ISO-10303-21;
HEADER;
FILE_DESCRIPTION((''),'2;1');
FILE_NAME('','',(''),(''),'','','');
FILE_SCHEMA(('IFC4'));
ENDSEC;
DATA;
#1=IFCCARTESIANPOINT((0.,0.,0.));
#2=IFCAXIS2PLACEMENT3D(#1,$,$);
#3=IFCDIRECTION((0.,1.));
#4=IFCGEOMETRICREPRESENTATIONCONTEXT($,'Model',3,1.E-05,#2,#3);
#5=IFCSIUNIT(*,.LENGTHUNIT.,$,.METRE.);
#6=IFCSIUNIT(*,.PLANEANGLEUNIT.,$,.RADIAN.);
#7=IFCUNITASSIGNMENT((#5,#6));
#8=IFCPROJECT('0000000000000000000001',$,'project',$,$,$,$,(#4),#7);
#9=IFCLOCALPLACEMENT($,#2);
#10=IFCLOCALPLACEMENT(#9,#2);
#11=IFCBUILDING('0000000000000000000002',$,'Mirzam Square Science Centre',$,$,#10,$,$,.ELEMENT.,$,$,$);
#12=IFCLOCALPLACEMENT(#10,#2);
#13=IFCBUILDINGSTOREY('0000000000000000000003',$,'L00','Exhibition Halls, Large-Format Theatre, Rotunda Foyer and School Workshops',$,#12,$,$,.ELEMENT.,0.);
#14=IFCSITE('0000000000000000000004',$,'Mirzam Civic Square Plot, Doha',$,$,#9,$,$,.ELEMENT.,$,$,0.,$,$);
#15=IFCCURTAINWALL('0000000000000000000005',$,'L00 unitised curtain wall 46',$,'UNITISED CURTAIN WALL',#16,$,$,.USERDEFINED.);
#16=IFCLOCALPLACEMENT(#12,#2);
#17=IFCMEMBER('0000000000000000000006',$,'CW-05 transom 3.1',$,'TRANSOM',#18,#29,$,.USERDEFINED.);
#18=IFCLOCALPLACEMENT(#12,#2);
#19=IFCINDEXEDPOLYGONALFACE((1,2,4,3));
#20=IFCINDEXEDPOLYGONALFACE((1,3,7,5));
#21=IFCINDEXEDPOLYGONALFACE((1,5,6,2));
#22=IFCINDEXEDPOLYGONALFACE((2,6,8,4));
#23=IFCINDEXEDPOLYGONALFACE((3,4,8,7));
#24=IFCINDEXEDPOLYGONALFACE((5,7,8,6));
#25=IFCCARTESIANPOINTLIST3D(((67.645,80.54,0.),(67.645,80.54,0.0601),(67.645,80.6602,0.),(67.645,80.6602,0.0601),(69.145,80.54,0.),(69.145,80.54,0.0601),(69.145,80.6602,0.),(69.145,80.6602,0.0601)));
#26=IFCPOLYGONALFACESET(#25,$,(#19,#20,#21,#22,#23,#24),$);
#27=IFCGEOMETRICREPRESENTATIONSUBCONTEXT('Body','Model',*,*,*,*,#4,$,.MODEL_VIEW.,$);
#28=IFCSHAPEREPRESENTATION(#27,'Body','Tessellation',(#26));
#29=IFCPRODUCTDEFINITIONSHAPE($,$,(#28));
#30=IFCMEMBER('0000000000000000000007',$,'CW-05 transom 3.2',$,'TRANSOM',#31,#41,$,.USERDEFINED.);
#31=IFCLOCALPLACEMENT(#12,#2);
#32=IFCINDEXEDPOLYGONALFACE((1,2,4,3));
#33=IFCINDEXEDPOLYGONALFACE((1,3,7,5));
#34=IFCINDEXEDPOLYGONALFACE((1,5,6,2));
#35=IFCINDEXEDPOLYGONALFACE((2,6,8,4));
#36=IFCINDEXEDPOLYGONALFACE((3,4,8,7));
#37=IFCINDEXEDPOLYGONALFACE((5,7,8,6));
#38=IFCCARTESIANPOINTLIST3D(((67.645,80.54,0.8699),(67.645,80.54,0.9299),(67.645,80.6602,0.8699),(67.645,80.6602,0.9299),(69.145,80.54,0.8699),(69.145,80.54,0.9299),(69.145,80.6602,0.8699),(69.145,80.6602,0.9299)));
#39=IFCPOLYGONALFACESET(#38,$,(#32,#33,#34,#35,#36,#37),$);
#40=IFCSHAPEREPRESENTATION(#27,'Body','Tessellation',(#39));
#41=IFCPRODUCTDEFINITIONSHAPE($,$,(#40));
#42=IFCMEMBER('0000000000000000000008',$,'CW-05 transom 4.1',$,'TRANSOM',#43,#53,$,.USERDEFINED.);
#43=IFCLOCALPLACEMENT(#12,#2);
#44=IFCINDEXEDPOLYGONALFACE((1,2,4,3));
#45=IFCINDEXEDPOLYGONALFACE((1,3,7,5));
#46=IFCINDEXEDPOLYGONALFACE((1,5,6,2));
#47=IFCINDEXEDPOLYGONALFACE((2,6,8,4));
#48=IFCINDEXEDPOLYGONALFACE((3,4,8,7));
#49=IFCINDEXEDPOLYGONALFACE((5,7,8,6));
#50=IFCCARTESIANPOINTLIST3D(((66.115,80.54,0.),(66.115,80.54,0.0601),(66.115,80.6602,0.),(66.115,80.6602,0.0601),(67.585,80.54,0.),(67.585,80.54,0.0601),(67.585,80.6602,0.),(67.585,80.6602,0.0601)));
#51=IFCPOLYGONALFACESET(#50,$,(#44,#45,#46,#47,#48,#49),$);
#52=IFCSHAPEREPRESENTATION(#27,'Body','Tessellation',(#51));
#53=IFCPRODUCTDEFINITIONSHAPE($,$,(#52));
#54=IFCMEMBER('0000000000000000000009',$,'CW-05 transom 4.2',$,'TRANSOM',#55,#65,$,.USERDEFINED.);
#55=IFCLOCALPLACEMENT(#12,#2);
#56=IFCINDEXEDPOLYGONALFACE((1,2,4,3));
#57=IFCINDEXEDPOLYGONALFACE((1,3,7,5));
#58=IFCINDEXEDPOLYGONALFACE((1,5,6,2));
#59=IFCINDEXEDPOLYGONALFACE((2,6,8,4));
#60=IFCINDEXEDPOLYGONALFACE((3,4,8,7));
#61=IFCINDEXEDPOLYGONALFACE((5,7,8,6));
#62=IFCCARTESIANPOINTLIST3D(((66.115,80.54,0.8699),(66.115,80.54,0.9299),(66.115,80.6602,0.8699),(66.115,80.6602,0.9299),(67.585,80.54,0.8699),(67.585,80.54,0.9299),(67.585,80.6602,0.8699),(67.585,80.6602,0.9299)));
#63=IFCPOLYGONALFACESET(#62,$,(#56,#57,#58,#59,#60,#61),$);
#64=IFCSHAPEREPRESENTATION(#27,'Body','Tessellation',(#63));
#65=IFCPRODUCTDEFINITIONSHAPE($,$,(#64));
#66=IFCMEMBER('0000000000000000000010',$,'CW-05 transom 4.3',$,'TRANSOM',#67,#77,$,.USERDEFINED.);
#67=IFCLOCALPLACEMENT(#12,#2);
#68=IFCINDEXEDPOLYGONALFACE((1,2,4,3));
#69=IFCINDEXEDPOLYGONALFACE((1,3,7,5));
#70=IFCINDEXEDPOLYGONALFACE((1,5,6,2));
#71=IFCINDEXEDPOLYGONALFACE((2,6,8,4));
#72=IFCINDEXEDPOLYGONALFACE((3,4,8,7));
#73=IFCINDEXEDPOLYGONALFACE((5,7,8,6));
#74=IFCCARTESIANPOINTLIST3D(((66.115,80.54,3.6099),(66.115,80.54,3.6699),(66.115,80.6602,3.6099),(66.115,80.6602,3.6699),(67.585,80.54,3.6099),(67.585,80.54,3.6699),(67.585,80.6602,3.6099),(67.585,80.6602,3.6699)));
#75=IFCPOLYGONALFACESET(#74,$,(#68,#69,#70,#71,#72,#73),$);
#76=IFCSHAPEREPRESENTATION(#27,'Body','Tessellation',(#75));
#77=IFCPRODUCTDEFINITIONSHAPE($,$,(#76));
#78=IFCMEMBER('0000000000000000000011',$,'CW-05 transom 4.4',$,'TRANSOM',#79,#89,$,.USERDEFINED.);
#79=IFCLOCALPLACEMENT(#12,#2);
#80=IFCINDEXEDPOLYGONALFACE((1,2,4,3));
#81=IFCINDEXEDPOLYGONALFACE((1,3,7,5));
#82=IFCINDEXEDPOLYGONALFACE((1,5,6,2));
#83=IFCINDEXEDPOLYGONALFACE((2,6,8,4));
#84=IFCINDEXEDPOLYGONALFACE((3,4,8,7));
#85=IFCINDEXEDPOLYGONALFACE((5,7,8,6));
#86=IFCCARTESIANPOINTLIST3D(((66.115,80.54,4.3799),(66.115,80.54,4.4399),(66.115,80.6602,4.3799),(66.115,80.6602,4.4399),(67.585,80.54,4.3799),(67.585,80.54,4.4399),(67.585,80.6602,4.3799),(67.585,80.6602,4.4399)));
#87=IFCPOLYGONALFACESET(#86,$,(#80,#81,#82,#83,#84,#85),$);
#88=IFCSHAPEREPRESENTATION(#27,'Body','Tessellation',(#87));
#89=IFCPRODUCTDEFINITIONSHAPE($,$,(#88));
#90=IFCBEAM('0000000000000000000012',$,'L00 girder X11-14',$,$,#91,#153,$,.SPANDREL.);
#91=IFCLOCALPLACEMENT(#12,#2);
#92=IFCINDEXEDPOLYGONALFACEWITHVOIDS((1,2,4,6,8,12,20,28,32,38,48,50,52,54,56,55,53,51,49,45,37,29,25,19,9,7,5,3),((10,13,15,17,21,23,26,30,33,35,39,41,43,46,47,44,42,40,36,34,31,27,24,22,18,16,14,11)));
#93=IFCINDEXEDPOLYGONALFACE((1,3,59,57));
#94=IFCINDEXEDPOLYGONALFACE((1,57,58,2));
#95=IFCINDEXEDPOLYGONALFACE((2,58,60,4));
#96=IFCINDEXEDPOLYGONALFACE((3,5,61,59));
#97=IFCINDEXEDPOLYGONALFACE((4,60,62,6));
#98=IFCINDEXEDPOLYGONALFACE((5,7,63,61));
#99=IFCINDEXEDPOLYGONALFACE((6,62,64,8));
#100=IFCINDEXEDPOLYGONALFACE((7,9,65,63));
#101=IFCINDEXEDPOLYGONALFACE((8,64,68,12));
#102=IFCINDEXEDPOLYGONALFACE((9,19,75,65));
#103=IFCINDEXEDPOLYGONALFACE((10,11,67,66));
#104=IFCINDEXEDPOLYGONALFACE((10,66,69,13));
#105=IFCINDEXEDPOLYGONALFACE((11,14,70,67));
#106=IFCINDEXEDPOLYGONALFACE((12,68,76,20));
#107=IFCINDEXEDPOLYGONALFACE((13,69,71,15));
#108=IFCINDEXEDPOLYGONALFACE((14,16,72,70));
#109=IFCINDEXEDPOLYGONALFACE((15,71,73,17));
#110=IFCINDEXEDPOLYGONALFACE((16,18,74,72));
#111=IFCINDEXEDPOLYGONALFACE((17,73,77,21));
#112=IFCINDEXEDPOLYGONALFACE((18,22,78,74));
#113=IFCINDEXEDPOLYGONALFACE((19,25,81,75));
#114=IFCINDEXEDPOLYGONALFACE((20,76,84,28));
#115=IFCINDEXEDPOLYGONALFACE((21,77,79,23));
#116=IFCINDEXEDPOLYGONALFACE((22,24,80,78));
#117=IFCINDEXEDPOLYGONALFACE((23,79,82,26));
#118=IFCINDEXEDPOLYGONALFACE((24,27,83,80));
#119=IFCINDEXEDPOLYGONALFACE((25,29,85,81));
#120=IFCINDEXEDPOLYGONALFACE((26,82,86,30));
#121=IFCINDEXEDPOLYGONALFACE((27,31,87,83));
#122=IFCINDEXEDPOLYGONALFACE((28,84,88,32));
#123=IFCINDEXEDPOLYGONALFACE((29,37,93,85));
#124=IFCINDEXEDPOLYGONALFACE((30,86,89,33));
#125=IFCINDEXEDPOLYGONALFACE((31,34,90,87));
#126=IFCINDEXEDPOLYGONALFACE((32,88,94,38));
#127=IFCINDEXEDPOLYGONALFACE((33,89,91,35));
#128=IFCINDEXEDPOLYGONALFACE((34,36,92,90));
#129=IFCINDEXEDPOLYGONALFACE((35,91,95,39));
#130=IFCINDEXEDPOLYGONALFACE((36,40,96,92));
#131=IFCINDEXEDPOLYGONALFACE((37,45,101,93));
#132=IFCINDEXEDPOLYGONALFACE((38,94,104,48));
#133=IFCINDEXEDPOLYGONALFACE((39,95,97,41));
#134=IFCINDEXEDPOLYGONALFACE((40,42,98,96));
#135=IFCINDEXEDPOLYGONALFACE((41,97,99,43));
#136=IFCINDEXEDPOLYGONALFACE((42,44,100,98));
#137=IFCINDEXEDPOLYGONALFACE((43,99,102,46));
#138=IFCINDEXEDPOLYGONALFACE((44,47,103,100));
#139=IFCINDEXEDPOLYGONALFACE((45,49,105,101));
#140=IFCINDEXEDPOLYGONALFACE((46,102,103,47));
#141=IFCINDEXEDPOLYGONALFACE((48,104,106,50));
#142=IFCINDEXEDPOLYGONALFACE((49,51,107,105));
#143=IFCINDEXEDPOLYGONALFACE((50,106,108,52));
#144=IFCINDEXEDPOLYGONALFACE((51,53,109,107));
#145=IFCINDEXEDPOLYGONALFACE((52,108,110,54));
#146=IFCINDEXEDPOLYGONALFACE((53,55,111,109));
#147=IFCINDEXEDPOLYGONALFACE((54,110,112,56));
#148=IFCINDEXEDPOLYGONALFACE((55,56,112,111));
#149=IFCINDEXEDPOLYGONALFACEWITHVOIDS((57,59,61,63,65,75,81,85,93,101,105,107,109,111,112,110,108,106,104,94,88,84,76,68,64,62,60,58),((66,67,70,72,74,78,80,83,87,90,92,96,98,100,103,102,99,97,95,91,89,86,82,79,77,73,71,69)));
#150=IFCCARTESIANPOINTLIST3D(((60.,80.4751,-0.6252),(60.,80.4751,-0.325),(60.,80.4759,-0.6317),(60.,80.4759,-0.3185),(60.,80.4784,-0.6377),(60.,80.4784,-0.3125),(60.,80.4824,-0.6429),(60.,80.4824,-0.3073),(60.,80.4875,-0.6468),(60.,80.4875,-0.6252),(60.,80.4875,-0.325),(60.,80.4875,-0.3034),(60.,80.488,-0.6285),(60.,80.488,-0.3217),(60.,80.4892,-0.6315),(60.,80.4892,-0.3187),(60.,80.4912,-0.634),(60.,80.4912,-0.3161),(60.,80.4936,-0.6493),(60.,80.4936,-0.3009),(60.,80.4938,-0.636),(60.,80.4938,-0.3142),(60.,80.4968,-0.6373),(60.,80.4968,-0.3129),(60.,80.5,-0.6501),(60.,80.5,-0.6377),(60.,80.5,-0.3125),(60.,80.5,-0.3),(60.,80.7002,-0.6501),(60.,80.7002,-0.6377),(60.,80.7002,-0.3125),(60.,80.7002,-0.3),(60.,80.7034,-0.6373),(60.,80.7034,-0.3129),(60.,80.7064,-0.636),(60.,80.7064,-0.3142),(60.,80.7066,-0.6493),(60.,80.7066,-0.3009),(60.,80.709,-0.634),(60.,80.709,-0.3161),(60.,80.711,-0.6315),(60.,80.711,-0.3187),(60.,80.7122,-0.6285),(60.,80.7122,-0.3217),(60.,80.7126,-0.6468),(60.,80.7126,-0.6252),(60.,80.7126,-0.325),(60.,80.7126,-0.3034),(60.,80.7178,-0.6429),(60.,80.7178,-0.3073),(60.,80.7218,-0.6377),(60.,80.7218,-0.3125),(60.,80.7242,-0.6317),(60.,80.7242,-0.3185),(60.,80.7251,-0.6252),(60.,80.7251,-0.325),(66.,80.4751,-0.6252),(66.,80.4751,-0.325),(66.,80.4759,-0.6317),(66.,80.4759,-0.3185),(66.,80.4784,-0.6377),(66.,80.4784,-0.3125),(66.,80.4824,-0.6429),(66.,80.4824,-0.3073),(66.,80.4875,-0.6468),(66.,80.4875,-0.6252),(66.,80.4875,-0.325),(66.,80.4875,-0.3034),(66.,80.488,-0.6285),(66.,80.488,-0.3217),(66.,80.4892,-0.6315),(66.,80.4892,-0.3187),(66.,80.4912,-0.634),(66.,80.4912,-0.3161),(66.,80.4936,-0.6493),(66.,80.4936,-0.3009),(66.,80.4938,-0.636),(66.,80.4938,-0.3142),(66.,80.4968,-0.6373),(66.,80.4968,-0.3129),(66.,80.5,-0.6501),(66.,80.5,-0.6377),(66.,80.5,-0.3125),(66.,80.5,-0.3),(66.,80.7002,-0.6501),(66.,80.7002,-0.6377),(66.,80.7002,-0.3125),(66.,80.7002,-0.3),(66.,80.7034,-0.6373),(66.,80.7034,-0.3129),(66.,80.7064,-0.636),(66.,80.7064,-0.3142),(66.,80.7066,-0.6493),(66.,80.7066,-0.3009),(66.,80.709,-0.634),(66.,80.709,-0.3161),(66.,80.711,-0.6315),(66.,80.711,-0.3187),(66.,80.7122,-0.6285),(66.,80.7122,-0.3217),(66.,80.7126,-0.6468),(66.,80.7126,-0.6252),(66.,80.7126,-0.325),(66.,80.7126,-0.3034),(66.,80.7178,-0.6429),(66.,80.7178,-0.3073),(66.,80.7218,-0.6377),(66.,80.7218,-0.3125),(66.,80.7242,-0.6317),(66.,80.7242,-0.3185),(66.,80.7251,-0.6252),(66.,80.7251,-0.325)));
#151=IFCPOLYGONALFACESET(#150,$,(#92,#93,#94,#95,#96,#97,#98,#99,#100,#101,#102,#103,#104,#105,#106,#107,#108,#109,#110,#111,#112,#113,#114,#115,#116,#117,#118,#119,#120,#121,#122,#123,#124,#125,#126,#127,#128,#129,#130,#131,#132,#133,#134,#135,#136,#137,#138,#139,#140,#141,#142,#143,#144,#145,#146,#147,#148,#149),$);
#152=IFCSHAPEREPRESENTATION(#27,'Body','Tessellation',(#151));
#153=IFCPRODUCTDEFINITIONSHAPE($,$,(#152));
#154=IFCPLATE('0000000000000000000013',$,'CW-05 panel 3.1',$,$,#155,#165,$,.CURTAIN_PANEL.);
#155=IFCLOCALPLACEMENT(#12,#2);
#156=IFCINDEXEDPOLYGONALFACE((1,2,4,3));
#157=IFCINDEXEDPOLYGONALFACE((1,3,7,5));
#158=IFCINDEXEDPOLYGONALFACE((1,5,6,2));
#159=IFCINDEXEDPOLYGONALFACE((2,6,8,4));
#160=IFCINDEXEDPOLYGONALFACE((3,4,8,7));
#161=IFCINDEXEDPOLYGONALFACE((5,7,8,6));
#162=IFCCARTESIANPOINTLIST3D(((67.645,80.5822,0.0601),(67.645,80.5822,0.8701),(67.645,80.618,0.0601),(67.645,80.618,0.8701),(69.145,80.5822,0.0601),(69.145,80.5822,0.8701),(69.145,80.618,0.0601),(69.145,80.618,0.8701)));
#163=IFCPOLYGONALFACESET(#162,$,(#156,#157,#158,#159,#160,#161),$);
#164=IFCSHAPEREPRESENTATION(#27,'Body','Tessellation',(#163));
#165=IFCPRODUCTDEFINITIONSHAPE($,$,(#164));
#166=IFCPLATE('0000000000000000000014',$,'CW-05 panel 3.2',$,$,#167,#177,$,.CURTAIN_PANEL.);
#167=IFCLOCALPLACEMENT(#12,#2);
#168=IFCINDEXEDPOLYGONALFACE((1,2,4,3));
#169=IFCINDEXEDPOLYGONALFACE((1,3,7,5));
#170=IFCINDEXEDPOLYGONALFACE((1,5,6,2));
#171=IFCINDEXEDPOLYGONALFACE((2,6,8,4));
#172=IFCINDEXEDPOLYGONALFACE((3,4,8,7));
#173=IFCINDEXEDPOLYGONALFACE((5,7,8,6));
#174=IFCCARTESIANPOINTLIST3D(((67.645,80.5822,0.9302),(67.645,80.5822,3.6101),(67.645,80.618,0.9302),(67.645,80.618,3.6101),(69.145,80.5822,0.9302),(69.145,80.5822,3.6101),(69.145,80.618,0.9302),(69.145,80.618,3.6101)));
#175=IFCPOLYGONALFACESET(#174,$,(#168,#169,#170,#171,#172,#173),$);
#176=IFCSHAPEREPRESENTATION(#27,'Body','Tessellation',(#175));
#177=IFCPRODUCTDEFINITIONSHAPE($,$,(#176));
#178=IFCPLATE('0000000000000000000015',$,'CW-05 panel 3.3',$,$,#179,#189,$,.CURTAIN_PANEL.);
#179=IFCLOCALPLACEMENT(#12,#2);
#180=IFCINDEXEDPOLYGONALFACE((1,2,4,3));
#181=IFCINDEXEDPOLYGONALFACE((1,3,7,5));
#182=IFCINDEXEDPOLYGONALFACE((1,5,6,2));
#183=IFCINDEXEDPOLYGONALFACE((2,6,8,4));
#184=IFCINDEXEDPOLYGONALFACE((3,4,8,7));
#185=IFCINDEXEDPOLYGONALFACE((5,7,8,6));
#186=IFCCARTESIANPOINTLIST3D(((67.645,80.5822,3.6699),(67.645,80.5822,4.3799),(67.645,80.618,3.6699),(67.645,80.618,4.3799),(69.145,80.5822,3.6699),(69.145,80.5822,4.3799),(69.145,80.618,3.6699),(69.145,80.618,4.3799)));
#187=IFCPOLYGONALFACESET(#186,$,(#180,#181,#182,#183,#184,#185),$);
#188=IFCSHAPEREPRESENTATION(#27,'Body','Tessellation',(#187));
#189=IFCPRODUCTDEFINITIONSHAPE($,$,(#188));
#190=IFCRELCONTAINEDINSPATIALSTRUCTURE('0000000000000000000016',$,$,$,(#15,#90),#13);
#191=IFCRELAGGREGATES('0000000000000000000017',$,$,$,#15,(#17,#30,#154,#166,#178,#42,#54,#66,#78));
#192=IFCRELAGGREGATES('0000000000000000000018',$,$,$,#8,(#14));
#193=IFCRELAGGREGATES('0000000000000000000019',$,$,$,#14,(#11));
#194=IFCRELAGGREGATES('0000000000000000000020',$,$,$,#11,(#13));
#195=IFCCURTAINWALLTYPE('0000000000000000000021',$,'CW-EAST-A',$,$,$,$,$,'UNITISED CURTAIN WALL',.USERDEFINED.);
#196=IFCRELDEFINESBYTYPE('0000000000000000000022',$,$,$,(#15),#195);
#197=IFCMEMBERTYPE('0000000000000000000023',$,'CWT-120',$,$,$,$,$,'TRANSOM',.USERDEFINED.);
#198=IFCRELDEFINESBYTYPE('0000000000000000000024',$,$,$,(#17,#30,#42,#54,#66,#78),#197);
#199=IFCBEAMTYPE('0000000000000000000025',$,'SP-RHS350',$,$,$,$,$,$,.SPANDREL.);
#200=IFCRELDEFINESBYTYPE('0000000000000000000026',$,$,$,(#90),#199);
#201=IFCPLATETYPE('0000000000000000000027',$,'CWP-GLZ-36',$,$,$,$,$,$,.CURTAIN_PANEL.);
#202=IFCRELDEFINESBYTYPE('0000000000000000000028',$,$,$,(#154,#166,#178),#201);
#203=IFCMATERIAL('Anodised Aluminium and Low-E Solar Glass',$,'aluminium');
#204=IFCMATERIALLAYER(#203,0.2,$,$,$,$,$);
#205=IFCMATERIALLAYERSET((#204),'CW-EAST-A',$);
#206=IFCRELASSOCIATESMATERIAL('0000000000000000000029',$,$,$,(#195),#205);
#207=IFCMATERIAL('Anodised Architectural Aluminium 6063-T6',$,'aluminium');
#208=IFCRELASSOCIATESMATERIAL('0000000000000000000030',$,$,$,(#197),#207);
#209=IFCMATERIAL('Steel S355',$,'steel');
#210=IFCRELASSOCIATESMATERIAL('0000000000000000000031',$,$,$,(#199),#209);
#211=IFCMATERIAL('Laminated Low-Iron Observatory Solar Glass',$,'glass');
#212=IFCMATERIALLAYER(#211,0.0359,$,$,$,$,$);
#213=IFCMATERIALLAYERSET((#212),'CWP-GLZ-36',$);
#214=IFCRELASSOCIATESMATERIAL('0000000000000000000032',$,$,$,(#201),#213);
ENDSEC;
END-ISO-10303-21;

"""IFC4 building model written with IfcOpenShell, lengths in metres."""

from ifc_helpers import new_model, si_unit, direction, frame, origin, origin_2d, place, context, subcontext, project, spatial, rectangle, hollow_rectangle, extrude, material, layer, layer_set, material_profile, profile_set, type_object, element, aggregate, save


model = new_model("IFC4")

# Units and contexts
model_context = context("Model", 3, precision=1e-05, world=origin(), true_north=direction((0.0, 1.0)))
body_context = subcontext(model_context, "Body", "Model", "MODEL_VIEW")
ifc_project = project(units=[si_unit("LENGTHUNIT", "METRE"), si_unit("PLANEANGLEUNIT", "RADIAN")], contexts=[model_context])

# Site, building, storey
site_placement = place(None, origin())
site = spatial("IfcSite", under=ifc_project, at=site_placement, Name="Mirzam Civic Square Plot, Doha", CompositionType="ELEMENT", RefElevation=0.0)
building_placement = place(site_placement, origin())
building = spatial("IfcBuilding", under=site, at=building_placement, Name="Mirzam Square Science Centre", CompositionType="ELEMENT")
storey_placement = place(building_placement, origin())
storey = spatial("IfcBuildingStorey", under=building, at=storey_placement, Name="L00", Description="Exhibition Halls, Large-Format Theatre, Rotunda Foyer and School Workshops", CompositionType="ELEMENT", Elevation=0.0)

# Shared definitions
ifc_material_1 = material(Name="Steel S355", Category="steel")

# Shared definitions
ifc_material_2 = material(Name="Anodised Aluminium and Low-E Solar Glass", Category="aluminium")
ifc_layer_1 = layer(ifc_material_2, 0.2)
ifc_layer_set_1 = layer_set([ifc_layer_1], Name="CW-EAST-A")
curtain_wall_type = type_object("IfcCurtainWallType", Name="CW-EAST-A", ElementType="UNITISED CURTAIN WALL", PredefinedType="USERDEFINED", material=ifc_layer_set_1)
ifc_material_3 = material(Name="Anodised Architectural Aluminium 6063-T6", Category="aluminium")

# Curtain wall
curtain_wall_1_placement = place(storey_placement, origin())
curtain_wall_1 = element("IfcCurtainWall", 1, at=curtain_wall_1_placement, inside=storey, type_object=curtain_wall_type, Name="L00 unitised curtain wall 46", ObjectType="UNITISED CURTAIN WALL", PredefinedType="USERDEFINED")

# Members
ifc_material_profile_1 = material_profile(ifc_material_3, rectangle(XDim=0.1201, YDim=0.0601, at=origin_2d()), Name="ALU-TRAN-120x60x4")
ifc_profile_set_1 = profile_set([ifc_material_profile_1], Name="Anodised Architectural Aluminium 6063-T6")
member_type_1 = type_object("IfcMemberType", Name="CWT-120", ElementType="TRANSOM", PredefinedType="USERDEFINED", material=ifc_profile_set_1)
member_1_placement = place(storey_placement, frame((69.145, 80.6001, 0.03), z_axis=(-1.0, 0.0, 0.0), x_axis=(0.0, -1.0, 0.0)))
member_1 = element("IfcMember", 2, at=member_1_placement, type_object=member_type_1, Name="CW-05 transom 3.1", ObjectType="TRANSOM", PredefinedType="USERDEFINED", context=body_context, shape_type="SweptSolid", body=[
    extrude(rectangle(XDim=0.1201, YDim=0.0601, at=origin_2d()), origin(), (0.0, 0.0, 1.0), 1.5),
])
member_2_placement = place(storey_placement, frame((69.145, 80.6001, 0.8999), z_axis=(-1.0, 0.0, 0.0), x_axis=(0.0, -1.0, 0.0)))
member_2 = element("IfcMember", 3, at=member_2_placement, type_object=member_type_1, Name="CW-05 transom 3.2", ObjectType="TRANSOM", PredefinedType="USERDEFINED", context=body_context, shape_type="SweptSolid", body=[
    extrude(rectangle(XDim=0.1201, YDim=0.0601, at=origin_2d()), origin(), (0.0, 0.0, 1.0), 1.5),
])
member_3_placement = place(storey_placement, frame((67.585, 80.6001, 0.03), z_axis=(-1.0, 0.0, 0.0), x_axis=(0.0, -1.0, 0.0)))
member_3 = element("IfcMember", 4, at=member_3_placement, type_object=member_type_1, Name="CW-05 transom 4.1", ObjectType="TRANSOM", PredefinedType="USERDEFINED", context=body_context, shape_type="SweptSolid", body=[
    extrude(rectangle(XDim=0.1201, YDim=0.0601, at=origin_2d()), origin(), (0.0, 0.0, 1.0), 1.47),
])
member_4_placement = place(storey_placement, frame((67.585, 80.6001, 0.8999), z_axis=(-1.0, 0.0, 0.0), x_axis=(0.0, -1.0, 0.0)))
member_4 = element("IfcMember", 5, at=member_4_placement, type_object=member_type_1, Name="CW-05 transom 4.2", ObjectType="TRANSOM", PredefinedType="USERDEFINED", context=body_context, shape_type="SweptSolid", body=[
    extrude(rectangle(XDim=0.1201, YDim=0.0601, at=origin_2d()), origin(), (0.0, 0.0, 1.0), 1.47),
])
member_5_placement = place(storey_placement, frame((67.585, 80.6001, 3.6399), z_axis=(-1.0, 0.0, 0.0), x_axis=(0.0, -1.0, 0.0)))
member_5 = element("IfcMember", 6, at=member_5_placement, type_object=member_type_1, Name="CW-05 transom 4.3", ObjectType="TRANSOM", PredefinedType="USERDEFINED", context=body_context, shape_type="SweptSolid", body=[
    extrude(rectangle(XDim=0.1201, YDim=0.0601, at=origin_2d()), origin(), (0.0, 0.0, 1.0), 1.47),
])
member_6_placement = place(storey_placement, frame((67.585, 80.6001, 4.4099), z_axis=(-1.0, 0.0, 0.0), x_axis=(0.0, -1.0, 0.0)))
member_6 = element("IfcMember", 7, at=member_6_placement, type_object=member_type_1, Name="CW-05 transom 4.4", ObjectType="TRANSOM", PredefinedType="USERDEFINED", context=body_context, shape_type="SweptSolid", body=[
    extrude(rectangle(XDim=0.1201, YDim=0.0601, at=origin_2d()), origin(), (0.0, 0.0, 1.0), 1.47),
])

# Beam
ifc_material_profile_2 = material_profile(ifc_material_1, hollow_rectangle(XDim=0.25, YDim=0.3501, WallThickness=0.0125, InnerFilletRadius=0.0125, OuterFilletRadius=0.0249, at=origin_2d()), Name="350x250x12.5RHS")
ifc_profile_set_2 = profile_set([ifc_material_profile_2], Name="Steel S355")
beam_type = type_object("IfcBeamType", Name="SP-RHS350", PredefinedType="SPANDREL", material=ifc_profile_set_2)
beam_placement = place(storey_placement, frame((60.0, 80.6001, -0.4751), z_axis=(1.0, 0.0, 0.0), x_axis=(0.0, 1.0, 0.0)))
element("IfcBeam", 8, at=beam_placement, inside=storey, type_object=beam_type, Name="L00 girder X11-14", PredefinedType="SPANDREL", context=body_context, shape_type="SweptSolid", body=[
    extrude(hollow_rectangle(XDim=0.25, YDim=0.3501, WallThickness=0.0125, InnerFilletRadius=0.0125, OuterFilletRadius=0.0249, at=origin_2d()), origin(), (0.0, 0.0, 1.0), 6.0),
])

# Plates
ifc_material_4 = material(Name="Laminated Low-Iron Observatory Solar Glass", Category="glass")
ifc_layer_2 = layer(ifc_material_4, 0.0359)
ifc_layer_set_2 = layer_set([ifc_layer_2], Name="CWP-GLZ-36")
plate_type = type_object("IfcPlateType", Name="CWP-GLZ-36", PredefinedType="CURTAIN_PANEL", material=ifc_layer_set_2)
plate_1_placement = place(storey_placement, frame((68.395, 80.6001, 0.0601), z_axis=(0.0, 0.0, 1.0), x_axis=(-1.0, 0.0, 0.0)))
plate_1 = element("IfcPlate", 9, at=plate_1_placement, type_object=plate_type, Name="CW-05 panel 3.1", PredefinedType="CURTAIN_PANEL", context=body_context, shape_type="SweptSolid", body=[
    extrude(rectangle(XDim=1.5, YDim=0.0359, at=origin_2d()), origin(), (0.0, 0.0, 1.0), 0.8101),
])
plate_2_placement = place(storey_placement, frame((68.395, 80.6001, 0.9302), z_axis=(0.0, 0.0, 1.0), x_axis=(-1.0, 0.0, 0.0)))
plate_2 = element("IfcPlate", 10, at=plate_2_placement, type_object=plate_type, Name="CW-05 panel 3.2", PredefinedType="CURTAIN_PANEL", context=body_context, shape_type="SweptSolid", body=[
    extrude(rectangle(XDim=1.5, YDim=0.0359, at=origin_2d()), origin(), (0.0, 0.0, 1.0), 2.6799),
])
plate_3_placement = place(storey_placement, frame((68.395, 80.6001, 3.6699), z_axis=(0.0, 0.0, 1.0), x_axis=(-1.0, 0.0, 0.0)))
plate_3 = element("IfcPlate", 11, at=plate_3_placement, type_object=plate_type, Name="CW-05 panel 3.3", PredefinedType="CURTAIN_PANEL", context=body_context, shape_type="SweptSolid", body=[
    extrude(rectangle(XDim=1.5, YDim=0.0359, at=origin_2d()), origin(), (0.0, 0.0, 1.0), 0.71),
])
aggregate(curtain_wall_1, [member_1, member_2, plate_1, plate_2, plate_3, member_3, member_4, member_5, member_6])

save(model, "model.ifc")
